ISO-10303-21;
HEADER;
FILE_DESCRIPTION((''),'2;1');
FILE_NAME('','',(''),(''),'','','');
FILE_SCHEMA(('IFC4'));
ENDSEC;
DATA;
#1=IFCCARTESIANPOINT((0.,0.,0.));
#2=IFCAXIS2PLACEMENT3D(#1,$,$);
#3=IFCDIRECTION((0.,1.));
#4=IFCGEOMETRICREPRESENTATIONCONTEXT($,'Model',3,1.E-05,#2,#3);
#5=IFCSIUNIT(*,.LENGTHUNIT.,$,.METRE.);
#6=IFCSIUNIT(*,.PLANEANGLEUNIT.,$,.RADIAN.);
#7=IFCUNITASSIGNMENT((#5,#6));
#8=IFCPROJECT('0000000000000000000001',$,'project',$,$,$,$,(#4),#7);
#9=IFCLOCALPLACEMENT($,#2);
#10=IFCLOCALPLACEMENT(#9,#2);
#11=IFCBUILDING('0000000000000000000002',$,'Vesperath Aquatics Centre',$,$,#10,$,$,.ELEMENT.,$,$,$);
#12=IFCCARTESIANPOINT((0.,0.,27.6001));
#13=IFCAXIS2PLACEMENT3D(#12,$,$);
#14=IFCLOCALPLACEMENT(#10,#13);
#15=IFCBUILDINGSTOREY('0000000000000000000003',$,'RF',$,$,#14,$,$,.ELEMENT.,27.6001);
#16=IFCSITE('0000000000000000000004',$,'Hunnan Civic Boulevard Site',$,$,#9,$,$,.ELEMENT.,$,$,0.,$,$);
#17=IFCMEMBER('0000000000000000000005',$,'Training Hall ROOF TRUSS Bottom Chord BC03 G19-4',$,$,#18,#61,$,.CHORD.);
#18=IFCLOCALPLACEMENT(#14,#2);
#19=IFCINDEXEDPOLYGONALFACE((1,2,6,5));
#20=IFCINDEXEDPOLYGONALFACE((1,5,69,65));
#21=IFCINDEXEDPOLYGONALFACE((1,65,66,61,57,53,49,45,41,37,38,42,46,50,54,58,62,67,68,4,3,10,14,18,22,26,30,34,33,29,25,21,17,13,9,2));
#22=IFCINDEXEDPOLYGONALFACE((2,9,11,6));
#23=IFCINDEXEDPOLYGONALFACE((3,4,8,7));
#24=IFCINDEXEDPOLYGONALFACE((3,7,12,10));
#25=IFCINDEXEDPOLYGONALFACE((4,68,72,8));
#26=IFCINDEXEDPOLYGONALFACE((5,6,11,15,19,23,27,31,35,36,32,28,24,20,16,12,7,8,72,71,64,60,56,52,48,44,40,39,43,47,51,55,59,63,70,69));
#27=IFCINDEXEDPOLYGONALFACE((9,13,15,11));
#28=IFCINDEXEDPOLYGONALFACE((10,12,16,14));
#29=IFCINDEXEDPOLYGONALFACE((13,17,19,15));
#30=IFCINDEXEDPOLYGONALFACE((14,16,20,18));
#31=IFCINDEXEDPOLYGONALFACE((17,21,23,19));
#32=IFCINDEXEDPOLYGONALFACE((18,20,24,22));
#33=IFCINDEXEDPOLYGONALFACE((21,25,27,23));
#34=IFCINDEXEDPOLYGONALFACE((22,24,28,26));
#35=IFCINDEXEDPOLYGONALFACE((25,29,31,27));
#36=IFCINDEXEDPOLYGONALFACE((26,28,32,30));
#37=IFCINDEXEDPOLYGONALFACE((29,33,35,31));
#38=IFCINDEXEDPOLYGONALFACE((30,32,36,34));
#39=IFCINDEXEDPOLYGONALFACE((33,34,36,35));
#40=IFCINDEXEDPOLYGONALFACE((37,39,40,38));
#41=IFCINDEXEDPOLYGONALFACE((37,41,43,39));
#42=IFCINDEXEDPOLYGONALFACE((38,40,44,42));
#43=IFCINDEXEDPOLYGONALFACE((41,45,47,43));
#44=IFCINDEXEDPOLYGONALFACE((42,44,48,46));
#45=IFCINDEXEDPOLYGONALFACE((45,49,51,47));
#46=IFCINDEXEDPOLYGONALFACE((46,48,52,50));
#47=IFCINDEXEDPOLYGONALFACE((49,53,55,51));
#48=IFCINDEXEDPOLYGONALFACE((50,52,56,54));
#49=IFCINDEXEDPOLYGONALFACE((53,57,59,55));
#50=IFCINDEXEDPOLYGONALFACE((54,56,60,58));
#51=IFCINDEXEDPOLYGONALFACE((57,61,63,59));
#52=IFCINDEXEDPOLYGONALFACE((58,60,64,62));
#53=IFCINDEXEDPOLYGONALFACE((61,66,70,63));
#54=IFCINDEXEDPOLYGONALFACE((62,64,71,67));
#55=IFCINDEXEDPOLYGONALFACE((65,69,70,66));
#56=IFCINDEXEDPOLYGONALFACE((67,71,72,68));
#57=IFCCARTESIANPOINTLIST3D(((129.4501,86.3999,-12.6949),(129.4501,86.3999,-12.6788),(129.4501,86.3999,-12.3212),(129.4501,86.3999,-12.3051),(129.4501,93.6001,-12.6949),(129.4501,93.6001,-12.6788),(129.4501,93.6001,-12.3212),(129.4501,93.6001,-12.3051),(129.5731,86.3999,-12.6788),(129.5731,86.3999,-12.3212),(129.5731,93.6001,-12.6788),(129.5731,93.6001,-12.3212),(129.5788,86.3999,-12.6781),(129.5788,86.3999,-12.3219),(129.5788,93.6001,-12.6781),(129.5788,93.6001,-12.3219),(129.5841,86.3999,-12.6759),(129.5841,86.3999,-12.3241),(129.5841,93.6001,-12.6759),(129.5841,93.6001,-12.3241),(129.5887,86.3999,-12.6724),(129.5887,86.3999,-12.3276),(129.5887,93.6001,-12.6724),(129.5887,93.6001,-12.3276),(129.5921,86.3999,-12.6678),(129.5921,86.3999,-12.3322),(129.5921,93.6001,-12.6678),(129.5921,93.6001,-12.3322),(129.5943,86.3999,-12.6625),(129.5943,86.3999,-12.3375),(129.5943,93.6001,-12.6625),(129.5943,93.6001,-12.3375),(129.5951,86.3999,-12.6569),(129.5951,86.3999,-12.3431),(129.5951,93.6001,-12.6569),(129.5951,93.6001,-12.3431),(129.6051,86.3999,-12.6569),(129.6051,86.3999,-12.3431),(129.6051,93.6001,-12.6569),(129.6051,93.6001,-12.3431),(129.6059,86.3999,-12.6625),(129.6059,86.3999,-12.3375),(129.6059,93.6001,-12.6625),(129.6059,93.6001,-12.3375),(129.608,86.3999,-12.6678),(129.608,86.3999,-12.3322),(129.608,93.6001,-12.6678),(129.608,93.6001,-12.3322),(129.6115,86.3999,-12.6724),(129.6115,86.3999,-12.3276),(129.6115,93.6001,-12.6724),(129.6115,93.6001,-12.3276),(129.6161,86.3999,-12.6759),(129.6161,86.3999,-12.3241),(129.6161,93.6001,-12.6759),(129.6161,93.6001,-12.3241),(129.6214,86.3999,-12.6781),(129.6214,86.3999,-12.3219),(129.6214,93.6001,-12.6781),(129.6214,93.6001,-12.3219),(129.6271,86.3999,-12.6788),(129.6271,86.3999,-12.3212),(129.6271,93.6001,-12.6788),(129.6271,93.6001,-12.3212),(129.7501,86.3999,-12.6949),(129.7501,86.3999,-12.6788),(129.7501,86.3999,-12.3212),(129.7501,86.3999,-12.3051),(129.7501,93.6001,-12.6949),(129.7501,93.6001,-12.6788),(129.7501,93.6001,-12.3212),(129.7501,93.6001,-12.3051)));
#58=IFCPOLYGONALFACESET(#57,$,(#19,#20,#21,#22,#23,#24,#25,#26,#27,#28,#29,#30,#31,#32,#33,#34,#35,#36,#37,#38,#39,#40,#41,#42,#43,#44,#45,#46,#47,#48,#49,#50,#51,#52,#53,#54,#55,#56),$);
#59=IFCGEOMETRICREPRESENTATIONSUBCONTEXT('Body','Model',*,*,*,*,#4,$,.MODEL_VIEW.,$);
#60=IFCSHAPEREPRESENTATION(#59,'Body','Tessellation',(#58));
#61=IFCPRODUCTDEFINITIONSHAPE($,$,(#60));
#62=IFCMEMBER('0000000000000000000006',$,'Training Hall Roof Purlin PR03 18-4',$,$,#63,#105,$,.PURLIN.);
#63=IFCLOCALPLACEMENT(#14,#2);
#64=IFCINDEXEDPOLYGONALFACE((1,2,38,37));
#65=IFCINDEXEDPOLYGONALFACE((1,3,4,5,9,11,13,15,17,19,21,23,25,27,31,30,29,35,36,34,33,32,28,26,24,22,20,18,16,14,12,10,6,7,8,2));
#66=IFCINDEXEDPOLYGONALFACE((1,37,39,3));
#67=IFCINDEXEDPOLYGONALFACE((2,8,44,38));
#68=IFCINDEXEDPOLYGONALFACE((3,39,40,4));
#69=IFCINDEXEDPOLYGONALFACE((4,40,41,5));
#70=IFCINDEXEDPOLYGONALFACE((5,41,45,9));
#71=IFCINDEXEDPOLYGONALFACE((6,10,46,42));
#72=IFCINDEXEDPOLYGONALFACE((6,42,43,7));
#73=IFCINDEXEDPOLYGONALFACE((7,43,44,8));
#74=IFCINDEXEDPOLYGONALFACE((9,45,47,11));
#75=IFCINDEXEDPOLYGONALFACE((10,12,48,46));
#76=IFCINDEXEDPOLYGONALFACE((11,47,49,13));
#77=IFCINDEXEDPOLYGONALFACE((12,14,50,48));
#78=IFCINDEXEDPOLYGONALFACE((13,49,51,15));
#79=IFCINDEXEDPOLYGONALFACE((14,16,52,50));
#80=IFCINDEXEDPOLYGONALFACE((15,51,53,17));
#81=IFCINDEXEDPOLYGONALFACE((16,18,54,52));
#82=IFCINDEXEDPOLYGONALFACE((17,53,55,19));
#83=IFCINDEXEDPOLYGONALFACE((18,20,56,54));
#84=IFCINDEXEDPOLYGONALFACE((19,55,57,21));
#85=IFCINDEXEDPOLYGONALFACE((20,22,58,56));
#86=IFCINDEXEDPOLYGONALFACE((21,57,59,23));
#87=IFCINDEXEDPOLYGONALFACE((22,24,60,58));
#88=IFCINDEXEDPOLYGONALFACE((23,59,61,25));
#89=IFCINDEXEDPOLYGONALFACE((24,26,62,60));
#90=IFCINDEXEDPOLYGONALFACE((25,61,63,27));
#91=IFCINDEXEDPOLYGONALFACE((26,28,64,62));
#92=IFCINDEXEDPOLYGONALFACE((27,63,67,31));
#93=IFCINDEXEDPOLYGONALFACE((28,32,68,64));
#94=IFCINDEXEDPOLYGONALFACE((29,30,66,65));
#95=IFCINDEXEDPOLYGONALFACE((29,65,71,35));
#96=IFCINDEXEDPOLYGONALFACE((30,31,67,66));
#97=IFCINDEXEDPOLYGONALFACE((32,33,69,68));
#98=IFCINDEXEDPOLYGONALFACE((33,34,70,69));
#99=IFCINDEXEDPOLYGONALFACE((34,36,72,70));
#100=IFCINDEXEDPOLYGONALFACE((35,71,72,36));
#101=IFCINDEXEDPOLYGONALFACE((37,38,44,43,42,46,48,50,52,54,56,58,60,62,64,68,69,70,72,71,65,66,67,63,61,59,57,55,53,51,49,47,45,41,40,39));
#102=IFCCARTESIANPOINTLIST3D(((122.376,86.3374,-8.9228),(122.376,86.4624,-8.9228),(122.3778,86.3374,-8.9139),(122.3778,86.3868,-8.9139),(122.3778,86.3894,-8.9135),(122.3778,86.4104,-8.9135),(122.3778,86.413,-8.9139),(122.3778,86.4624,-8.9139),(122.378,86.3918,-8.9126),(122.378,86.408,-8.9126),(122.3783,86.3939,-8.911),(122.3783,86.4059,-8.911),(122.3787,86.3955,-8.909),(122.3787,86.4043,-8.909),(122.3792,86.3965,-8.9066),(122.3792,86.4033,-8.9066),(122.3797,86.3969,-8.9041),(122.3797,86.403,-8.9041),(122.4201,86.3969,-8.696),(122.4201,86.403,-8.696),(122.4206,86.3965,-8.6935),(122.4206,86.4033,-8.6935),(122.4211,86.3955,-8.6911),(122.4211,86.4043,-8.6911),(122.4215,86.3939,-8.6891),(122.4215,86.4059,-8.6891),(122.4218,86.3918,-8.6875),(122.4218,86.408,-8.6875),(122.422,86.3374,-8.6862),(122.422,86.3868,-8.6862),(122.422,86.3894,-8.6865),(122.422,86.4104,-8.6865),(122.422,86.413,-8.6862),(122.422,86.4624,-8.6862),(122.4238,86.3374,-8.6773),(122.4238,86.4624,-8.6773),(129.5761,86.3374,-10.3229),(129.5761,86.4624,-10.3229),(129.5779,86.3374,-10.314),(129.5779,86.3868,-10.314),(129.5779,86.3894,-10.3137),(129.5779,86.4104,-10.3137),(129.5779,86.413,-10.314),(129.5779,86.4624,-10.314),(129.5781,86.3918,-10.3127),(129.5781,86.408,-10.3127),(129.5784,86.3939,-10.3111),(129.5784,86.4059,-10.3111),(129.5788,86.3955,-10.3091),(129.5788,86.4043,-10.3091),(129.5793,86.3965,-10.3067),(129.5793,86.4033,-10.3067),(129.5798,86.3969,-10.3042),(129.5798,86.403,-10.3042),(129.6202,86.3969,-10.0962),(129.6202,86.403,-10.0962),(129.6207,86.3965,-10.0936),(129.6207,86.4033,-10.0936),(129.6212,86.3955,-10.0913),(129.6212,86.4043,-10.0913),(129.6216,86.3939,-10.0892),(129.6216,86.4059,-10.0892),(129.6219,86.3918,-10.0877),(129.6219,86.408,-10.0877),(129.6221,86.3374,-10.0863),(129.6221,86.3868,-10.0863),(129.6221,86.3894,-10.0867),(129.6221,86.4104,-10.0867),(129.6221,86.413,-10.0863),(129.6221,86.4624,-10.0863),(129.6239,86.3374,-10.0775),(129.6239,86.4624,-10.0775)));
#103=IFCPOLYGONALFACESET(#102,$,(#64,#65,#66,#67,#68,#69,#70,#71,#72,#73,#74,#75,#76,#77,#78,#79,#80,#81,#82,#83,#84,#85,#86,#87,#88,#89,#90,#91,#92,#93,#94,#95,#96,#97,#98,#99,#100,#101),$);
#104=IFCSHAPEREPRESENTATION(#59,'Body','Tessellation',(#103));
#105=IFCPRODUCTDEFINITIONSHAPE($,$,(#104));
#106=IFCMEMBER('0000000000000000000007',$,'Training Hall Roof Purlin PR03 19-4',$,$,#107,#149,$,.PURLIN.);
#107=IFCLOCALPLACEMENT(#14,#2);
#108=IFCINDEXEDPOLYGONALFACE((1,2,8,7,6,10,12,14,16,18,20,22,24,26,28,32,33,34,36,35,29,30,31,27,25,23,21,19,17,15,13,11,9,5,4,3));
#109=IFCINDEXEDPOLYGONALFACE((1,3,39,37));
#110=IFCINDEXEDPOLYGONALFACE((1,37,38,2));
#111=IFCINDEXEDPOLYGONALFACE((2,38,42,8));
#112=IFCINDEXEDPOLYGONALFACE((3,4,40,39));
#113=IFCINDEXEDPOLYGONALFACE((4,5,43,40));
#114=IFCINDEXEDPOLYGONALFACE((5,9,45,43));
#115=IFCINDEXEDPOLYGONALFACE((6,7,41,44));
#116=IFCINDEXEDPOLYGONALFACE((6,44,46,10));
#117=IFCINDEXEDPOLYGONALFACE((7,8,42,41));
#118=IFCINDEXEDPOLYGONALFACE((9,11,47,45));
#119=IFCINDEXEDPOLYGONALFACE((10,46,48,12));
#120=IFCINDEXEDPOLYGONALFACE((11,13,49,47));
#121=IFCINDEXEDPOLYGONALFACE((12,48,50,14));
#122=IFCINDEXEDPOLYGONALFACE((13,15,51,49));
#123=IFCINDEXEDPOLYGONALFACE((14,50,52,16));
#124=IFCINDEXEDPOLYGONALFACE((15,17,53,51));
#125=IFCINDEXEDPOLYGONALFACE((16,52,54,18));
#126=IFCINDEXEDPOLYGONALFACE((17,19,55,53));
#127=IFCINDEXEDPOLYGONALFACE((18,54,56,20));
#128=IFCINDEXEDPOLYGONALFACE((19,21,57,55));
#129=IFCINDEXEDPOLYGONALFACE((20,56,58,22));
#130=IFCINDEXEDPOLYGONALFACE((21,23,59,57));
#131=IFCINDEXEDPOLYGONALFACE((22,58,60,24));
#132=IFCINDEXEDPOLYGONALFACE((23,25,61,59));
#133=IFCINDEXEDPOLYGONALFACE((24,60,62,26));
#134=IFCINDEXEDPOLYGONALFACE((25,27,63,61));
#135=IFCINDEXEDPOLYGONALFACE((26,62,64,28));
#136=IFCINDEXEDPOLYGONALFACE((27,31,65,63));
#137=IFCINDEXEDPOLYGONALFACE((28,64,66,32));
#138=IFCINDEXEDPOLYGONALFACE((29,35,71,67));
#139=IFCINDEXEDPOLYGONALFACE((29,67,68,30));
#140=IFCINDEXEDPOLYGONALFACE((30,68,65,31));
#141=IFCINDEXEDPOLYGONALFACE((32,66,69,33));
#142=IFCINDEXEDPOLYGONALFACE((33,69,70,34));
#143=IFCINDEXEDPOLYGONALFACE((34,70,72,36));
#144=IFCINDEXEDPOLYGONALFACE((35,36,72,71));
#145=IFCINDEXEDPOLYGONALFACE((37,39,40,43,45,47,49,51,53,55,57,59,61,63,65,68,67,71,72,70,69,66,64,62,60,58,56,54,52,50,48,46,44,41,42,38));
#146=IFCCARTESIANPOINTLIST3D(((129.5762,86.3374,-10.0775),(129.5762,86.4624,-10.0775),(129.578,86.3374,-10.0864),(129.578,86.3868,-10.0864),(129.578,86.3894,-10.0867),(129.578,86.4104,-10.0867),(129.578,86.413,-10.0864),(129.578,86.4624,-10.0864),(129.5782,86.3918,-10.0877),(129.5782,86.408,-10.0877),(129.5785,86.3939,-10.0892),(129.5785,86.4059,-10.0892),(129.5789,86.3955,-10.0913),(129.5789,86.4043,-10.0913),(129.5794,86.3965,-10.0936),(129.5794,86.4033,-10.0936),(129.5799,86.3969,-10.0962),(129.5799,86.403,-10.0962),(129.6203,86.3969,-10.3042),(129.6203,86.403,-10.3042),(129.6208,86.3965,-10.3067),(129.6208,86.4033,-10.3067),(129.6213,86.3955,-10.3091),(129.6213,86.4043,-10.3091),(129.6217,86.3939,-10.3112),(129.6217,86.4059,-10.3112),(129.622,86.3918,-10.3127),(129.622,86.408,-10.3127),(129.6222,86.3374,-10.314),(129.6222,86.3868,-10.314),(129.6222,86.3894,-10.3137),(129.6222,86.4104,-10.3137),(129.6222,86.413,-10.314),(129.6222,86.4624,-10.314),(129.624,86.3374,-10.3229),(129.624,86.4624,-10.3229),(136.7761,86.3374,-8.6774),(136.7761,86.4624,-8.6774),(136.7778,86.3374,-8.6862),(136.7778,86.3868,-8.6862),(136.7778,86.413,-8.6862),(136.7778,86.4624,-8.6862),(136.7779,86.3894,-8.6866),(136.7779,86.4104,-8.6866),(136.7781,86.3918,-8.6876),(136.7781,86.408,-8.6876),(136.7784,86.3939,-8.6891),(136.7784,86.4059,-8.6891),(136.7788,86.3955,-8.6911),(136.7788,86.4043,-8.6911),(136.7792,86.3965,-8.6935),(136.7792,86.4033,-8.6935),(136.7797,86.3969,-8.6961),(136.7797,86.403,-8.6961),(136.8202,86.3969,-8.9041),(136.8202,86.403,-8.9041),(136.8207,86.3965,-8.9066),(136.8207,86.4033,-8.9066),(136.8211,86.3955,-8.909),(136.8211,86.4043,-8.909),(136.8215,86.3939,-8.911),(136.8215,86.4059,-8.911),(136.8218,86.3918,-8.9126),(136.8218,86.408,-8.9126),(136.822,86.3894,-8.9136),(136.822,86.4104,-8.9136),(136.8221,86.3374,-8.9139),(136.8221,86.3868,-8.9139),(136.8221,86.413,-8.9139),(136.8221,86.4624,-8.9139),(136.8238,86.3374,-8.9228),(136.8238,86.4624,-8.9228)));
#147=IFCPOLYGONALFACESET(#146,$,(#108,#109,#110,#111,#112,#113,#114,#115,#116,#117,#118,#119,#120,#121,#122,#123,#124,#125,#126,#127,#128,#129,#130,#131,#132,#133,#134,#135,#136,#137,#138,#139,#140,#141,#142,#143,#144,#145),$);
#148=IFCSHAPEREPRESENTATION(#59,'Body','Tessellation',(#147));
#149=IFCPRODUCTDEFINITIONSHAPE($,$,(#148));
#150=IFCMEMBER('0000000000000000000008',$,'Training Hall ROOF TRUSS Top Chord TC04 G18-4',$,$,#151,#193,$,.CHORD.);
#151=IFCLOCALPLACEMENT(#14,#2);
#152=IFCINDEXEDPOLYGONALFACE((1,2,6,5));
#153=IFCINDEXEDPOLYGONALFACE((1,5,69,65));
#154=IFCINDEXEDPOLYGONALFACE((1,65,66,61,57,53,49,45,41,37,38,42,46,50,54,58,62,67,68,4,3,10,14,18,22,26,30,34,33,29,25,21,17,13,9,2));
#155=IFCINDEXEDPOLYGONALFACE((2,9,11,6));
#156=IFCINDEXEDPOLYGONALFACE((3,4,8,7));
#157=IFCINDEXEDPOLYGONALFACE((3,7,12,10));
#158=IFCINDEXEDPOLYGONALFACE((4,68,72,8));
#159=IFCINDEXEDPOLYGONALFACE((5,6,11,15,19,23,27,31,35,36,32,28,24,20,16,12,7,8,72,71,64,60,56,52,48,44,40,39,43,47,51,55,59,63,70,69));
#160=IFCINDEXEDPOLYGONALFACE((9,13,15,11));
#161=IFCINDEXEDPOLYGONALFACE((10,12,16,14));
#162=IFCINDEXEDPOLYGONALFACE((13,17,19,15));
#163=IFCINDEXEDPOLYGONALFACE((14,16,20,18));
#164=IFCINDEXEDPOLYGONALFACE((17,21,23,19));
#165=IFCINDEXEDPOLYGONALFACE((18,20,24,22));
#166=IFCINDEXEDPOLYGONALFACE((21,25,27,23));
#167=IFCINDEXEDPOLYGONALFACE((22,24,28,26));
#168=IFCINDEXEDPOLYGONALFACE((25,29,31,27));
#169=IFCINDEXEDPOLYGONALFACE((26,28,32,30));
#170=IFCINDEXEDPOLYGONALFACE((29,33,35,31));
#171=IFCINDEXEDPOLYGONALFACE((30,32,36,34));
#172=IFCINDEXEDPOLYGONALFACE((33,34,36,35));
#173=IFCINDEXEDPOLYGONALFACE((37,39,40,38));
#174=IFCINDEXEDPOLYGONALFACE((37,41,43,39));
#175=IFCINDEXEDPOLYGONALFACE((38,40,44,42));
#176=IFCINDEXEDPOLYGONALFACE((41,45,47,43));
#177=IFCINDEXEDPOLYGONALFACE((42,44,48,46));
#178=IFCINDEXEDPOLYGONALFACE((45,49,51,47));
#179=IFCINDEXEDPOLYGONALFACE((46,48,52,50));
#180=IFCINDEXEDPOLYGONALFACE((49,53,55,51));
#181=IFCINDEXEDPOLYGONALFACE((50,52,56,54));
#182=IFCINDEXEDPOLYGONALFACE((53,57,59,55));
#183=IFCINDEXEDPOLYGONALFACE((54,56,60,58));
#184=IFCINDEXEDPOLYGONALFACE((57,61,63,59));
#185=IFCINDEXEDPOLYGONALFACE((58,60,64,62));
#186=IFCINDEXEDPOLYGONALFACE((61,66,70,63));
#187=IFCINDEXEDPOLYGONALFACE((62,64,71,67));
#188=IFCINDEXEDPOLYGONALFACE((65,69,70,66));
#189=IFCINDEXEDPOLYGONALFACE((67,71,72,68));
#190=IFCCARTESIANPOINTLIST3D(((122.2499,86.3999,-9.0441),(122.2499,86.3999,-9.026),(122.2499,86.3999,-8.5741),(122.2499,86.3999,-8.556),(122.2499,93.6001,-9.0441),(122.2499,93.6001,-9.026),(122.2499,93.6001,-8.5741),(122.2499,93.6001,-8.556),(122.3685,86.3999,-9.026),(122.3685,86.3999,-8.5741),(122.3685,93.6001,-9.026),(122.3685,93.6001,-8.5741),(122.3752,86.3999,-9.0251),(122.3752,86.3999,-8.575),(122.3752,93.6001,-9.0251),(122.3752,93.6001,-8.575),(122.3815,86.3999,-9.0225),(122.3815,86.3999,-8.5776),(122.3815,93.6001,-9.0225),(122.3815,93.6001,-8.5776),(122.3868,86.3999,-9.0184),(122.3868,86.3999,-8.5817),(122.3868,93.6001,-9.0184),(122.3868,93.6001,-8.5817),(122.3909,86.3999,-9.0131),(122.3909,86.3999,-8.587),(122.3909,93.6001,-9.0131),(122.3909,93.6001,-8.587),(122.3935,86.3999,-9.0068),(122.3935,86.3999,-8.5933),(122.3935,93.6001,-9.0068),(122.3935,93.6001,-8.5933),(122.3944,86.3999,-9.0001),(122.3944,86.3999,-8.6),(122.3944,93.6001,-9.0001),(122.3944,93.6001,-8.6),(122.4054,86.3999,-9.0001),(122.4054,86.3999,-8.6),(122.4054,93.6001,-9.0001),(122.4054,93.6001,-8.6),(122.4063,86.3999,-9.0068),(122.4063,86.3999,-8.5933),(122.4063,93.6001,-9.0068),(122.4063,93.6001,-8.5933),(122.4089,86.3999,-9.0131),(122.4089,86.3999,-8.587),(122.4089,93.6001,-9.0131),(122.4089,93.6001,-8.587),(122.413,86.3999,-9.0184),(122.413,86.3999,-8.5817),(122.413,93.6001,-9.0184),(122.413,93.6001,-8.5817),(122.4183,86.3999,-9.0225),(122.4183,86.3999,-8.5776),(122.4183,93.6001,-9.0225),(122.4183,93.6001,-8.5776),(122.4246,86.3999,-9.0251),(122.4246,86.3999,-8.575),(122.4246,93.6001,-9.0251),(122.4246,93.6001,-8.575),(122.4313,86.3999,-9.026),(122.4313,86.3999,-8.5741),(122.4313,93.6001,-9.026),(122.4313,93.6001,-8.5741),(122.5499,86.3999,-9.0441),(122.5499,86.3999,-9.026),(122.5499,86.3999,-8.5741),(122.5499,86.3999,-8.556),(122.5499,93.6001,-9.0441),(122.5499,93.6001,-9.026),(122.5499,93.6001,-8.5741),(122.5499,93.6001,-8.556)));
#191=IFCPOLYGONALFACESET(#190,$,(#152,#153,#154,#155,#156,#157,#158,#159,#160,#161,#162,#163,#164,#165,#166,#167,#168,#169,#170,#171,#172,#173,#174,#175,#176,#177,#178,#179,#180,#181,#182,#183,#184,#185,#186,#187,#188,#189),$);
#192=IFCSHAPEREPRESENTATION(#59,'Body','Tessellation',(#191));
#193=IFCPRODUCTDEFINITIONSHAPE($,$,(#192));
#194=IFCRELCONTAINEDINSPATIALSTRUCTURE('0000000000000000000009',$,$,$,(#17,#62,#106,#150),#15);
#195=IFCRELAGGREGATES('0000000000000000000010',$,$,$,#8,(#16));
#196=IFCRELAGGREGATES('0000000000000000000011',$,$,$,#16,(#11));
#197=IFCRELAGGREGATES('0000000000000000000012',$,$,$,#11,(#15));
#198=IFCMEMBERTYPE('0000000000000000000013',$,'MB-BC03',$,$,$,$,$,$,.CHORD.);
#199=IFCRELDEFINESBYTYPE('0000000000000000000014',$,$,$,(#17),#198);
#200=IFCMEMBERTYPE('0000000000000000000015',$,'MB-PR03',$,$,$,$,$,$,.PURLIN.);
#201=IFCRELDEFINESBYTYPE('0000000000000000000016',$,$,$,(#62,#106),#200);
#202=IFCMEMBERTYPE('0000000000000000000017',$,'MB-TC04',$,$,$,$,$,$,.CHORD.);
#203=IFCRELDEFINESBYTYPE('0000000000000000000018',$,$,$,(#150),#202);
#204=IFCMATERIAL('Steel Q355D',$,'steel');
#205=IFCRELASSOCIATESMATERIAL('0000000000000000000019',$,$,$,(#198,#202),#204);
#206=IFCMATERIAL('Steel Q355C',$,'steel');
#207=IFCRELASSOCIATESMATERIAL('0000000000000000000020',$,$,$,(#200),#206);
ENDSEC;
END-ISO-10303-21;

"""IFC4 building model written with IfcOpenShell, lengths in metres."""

from ifc_helpers import new_model, si_unit, direction, frame, origin, origin_2d, place, context, subcontext, project, spatial, i_section, extrude, material, material_profile, profile_set, type_object, element, save


model = new_model("IFC4")

# Units and contexts
model_context = context("Model", 3, precision=1e-05, world=origin(), true_north=direction((0.0, 1.0)))
body_context = subcontext(model_context, "Body", "Model", "MODEL_VIEW")
ifc_project = project(units=[si_unit("LENGTHUNIT", "METRE"), si_unit("PLANEANGLEUNIT", "RADIAN")], contexts=[model_context])

# Site, building, storey
site_placement = place(None, origin())
site = spatial("IfcSite", under=ifc_project, at=site_placement, Name="Hunnan Civic Boulevard Site", CompositionType="ELEMENT", RefElevation=0.0)
building_placement = place(site_placement, origin())
building = spatial("IfcBuilding", under=site, at=building_placement, Name="Vesperath Aquatics Centre", CompositionType="ELEMENT")
storey_placement = place(building_placement, frame((0.0, 0.0, 27.6001)))
storey = spatial("IfcBuildingStorey", under=building, at=storey_placement, Name="RF", CompositionType="ELEMENT", Elevation=27.6001)

# Shared definitions
ifc_material_1 = material(Name="Steel Q355C", Category="steel")

# Members
ifc_material_2 = material(Name="Steel Q355D", Category="steel")
ifc_material_profile_1 = material_profile(ifc_material_2, i_section(OverallWidth=0.3, OverallDepth=0.3899, WebThickness=0.01, FlangeThickness=0.0161, FilletRadius=0.022, at=origin_2d()), Name="HM 390x300x10x16")
ifc_profile_set_1 = profile_set([ifc_material_profile_1], Name="Steel Q355D")
member_type_1 = type_object("IfcMemberType", Name="MB-BC03", PredefinedType="CHORD", material=ifc_profile_set_1)
for number, where, z_axis, x_axis, name in (
    (1, (129.6001, 86.3999, -12.5), (0.0, 1.0, 0.0), (-1.0, 0.0, 0.0), "Training Hall ROOF TRUSS Bottom Chord BC03 G19-4"),
):
    element("IfcMember", number, at=place(storey_placement, frame(where, z_axis=z_axis, x_axis=x_axis)), inside=storey, type_object=member_type_1, Name=name, PredefinedType="CHORD", context=body_context, shape_type="SweptSolid", body=[
        extrude(i_section(OverallWidth=0.3, OverallDepth=0.3899, WebThickness=0.01, FlangeThickness=0.0161, FilletRadius=0.022, at=origin_2d()), origin(), (0.0, 0.0, 1.0), 7.2002),
    ])
ifc_material_profile_2 = material_profile(ifc_material_1, i_section(OverallWidth=0.125, OverallDepth=0.25, WebThickness=0.0061, FlangeThickness=0.009, FilletRadius=0.01, at=origin_2d()), Name="HN 250x125x6x9")
ifc_profile_set_2 = profile_set([ifc_material_profile_2], Name="Steel Q355C")
member_type_2 = type_object("IfcMemberType", Name="MB-PR03", PredefinedType="PURLIN", material=ifc_profile_set_2)
member_1_placement = place(storey_placement, frame((122.3999, 86.3999, -8.8), z_axis=(0.981613, 0.0, -0.190884), x_axis=(0.0, 1.0, 0.0)))
element("IfcMember", 2, at=member_1_placement, inside=storey, type_object=member_type_2, Name="Training Hall Roof Purlin PR03 18-4", PredefinedType="PURLIN", context=body_context, shape_type="SweptSolid", body=[
    extrude(i_section(OverallWidth=0.125, OverallDepth=0.25, WebThickness=0.0061, FlangeThickness=0.009, FilletRadius=0.01, at=origin_2d()), origin(), (0.0, 0.0, 1.0), 7.335),
])
member_2_placement = place(storey_placement, frame((129.6001, 86.3999, -10.2002), z_axis=(0.981611, 0.0, 0.19089), x_axis=(0.0, 1.0, 0.0)))
element("IfcMember", 3, at=member_2_placement, inside=storey, type_object=member_type_2, Name="Training Hall Roof Purlin PR03 19-4", PredefinedType="PURLIN", context=body_context, shape_type="SweptSolid", body=[
    extrude(i_section(OverallWidth=0.125, OverallDepth=0.25, WebThickness=0.0061, FlangeThickness=0.009, FilletRadius=0.01, at=origin_2d()), origin(), (0.0, 0.0, 1.0), 7.3347),
])
ifc_material_profile_3 = material_profile(ifc_material_2, i_section(OverallWidth=0.3, OverallDepth=0.488, WebThickness=0.011, FlangeThickness=0.0181, FilletRadius=0.0259, at=origin_2d()), Name="HM 488x300x11x18")
ifc_profile_set_3 = profile_set([ifc_material_profile_3], Name="Steel Q355D")
member_type_3 = type_object("IfcMemberType", Name="MB-TC04", PredefinedType="CHORD", material=ifc_profile_set_3)
for number, where, z_axis, x_axis, name in (
    (4, (122.3999, 86.3999, -8.8), (0.0, 1.0, 0.0), (-1.0, 0.0, 0.0), "Training Hall ROOF TRUSS Top Chord TC04 G18-4"),
):
    element("IfcMember", number, at=place(storey_placement, frame(where, z_axis=z_axis, x_axis=x_axis)), inside=storey, type_object=member_type_3, Name=name, PredefinedType="CHORD", context=body_context, shape_type="SweptSolid", body=[
        extrude(i_section(OverallWidth=0.3, OverallDepth=0.488, WebThickness=0.011, FlangeThickness=0.0181, FilletRadius=0.0259, at=origin_2d()), origin(), (0.0, 0.0, 1.0), 7.2002),
    ])

save(model, "model.ifc")
